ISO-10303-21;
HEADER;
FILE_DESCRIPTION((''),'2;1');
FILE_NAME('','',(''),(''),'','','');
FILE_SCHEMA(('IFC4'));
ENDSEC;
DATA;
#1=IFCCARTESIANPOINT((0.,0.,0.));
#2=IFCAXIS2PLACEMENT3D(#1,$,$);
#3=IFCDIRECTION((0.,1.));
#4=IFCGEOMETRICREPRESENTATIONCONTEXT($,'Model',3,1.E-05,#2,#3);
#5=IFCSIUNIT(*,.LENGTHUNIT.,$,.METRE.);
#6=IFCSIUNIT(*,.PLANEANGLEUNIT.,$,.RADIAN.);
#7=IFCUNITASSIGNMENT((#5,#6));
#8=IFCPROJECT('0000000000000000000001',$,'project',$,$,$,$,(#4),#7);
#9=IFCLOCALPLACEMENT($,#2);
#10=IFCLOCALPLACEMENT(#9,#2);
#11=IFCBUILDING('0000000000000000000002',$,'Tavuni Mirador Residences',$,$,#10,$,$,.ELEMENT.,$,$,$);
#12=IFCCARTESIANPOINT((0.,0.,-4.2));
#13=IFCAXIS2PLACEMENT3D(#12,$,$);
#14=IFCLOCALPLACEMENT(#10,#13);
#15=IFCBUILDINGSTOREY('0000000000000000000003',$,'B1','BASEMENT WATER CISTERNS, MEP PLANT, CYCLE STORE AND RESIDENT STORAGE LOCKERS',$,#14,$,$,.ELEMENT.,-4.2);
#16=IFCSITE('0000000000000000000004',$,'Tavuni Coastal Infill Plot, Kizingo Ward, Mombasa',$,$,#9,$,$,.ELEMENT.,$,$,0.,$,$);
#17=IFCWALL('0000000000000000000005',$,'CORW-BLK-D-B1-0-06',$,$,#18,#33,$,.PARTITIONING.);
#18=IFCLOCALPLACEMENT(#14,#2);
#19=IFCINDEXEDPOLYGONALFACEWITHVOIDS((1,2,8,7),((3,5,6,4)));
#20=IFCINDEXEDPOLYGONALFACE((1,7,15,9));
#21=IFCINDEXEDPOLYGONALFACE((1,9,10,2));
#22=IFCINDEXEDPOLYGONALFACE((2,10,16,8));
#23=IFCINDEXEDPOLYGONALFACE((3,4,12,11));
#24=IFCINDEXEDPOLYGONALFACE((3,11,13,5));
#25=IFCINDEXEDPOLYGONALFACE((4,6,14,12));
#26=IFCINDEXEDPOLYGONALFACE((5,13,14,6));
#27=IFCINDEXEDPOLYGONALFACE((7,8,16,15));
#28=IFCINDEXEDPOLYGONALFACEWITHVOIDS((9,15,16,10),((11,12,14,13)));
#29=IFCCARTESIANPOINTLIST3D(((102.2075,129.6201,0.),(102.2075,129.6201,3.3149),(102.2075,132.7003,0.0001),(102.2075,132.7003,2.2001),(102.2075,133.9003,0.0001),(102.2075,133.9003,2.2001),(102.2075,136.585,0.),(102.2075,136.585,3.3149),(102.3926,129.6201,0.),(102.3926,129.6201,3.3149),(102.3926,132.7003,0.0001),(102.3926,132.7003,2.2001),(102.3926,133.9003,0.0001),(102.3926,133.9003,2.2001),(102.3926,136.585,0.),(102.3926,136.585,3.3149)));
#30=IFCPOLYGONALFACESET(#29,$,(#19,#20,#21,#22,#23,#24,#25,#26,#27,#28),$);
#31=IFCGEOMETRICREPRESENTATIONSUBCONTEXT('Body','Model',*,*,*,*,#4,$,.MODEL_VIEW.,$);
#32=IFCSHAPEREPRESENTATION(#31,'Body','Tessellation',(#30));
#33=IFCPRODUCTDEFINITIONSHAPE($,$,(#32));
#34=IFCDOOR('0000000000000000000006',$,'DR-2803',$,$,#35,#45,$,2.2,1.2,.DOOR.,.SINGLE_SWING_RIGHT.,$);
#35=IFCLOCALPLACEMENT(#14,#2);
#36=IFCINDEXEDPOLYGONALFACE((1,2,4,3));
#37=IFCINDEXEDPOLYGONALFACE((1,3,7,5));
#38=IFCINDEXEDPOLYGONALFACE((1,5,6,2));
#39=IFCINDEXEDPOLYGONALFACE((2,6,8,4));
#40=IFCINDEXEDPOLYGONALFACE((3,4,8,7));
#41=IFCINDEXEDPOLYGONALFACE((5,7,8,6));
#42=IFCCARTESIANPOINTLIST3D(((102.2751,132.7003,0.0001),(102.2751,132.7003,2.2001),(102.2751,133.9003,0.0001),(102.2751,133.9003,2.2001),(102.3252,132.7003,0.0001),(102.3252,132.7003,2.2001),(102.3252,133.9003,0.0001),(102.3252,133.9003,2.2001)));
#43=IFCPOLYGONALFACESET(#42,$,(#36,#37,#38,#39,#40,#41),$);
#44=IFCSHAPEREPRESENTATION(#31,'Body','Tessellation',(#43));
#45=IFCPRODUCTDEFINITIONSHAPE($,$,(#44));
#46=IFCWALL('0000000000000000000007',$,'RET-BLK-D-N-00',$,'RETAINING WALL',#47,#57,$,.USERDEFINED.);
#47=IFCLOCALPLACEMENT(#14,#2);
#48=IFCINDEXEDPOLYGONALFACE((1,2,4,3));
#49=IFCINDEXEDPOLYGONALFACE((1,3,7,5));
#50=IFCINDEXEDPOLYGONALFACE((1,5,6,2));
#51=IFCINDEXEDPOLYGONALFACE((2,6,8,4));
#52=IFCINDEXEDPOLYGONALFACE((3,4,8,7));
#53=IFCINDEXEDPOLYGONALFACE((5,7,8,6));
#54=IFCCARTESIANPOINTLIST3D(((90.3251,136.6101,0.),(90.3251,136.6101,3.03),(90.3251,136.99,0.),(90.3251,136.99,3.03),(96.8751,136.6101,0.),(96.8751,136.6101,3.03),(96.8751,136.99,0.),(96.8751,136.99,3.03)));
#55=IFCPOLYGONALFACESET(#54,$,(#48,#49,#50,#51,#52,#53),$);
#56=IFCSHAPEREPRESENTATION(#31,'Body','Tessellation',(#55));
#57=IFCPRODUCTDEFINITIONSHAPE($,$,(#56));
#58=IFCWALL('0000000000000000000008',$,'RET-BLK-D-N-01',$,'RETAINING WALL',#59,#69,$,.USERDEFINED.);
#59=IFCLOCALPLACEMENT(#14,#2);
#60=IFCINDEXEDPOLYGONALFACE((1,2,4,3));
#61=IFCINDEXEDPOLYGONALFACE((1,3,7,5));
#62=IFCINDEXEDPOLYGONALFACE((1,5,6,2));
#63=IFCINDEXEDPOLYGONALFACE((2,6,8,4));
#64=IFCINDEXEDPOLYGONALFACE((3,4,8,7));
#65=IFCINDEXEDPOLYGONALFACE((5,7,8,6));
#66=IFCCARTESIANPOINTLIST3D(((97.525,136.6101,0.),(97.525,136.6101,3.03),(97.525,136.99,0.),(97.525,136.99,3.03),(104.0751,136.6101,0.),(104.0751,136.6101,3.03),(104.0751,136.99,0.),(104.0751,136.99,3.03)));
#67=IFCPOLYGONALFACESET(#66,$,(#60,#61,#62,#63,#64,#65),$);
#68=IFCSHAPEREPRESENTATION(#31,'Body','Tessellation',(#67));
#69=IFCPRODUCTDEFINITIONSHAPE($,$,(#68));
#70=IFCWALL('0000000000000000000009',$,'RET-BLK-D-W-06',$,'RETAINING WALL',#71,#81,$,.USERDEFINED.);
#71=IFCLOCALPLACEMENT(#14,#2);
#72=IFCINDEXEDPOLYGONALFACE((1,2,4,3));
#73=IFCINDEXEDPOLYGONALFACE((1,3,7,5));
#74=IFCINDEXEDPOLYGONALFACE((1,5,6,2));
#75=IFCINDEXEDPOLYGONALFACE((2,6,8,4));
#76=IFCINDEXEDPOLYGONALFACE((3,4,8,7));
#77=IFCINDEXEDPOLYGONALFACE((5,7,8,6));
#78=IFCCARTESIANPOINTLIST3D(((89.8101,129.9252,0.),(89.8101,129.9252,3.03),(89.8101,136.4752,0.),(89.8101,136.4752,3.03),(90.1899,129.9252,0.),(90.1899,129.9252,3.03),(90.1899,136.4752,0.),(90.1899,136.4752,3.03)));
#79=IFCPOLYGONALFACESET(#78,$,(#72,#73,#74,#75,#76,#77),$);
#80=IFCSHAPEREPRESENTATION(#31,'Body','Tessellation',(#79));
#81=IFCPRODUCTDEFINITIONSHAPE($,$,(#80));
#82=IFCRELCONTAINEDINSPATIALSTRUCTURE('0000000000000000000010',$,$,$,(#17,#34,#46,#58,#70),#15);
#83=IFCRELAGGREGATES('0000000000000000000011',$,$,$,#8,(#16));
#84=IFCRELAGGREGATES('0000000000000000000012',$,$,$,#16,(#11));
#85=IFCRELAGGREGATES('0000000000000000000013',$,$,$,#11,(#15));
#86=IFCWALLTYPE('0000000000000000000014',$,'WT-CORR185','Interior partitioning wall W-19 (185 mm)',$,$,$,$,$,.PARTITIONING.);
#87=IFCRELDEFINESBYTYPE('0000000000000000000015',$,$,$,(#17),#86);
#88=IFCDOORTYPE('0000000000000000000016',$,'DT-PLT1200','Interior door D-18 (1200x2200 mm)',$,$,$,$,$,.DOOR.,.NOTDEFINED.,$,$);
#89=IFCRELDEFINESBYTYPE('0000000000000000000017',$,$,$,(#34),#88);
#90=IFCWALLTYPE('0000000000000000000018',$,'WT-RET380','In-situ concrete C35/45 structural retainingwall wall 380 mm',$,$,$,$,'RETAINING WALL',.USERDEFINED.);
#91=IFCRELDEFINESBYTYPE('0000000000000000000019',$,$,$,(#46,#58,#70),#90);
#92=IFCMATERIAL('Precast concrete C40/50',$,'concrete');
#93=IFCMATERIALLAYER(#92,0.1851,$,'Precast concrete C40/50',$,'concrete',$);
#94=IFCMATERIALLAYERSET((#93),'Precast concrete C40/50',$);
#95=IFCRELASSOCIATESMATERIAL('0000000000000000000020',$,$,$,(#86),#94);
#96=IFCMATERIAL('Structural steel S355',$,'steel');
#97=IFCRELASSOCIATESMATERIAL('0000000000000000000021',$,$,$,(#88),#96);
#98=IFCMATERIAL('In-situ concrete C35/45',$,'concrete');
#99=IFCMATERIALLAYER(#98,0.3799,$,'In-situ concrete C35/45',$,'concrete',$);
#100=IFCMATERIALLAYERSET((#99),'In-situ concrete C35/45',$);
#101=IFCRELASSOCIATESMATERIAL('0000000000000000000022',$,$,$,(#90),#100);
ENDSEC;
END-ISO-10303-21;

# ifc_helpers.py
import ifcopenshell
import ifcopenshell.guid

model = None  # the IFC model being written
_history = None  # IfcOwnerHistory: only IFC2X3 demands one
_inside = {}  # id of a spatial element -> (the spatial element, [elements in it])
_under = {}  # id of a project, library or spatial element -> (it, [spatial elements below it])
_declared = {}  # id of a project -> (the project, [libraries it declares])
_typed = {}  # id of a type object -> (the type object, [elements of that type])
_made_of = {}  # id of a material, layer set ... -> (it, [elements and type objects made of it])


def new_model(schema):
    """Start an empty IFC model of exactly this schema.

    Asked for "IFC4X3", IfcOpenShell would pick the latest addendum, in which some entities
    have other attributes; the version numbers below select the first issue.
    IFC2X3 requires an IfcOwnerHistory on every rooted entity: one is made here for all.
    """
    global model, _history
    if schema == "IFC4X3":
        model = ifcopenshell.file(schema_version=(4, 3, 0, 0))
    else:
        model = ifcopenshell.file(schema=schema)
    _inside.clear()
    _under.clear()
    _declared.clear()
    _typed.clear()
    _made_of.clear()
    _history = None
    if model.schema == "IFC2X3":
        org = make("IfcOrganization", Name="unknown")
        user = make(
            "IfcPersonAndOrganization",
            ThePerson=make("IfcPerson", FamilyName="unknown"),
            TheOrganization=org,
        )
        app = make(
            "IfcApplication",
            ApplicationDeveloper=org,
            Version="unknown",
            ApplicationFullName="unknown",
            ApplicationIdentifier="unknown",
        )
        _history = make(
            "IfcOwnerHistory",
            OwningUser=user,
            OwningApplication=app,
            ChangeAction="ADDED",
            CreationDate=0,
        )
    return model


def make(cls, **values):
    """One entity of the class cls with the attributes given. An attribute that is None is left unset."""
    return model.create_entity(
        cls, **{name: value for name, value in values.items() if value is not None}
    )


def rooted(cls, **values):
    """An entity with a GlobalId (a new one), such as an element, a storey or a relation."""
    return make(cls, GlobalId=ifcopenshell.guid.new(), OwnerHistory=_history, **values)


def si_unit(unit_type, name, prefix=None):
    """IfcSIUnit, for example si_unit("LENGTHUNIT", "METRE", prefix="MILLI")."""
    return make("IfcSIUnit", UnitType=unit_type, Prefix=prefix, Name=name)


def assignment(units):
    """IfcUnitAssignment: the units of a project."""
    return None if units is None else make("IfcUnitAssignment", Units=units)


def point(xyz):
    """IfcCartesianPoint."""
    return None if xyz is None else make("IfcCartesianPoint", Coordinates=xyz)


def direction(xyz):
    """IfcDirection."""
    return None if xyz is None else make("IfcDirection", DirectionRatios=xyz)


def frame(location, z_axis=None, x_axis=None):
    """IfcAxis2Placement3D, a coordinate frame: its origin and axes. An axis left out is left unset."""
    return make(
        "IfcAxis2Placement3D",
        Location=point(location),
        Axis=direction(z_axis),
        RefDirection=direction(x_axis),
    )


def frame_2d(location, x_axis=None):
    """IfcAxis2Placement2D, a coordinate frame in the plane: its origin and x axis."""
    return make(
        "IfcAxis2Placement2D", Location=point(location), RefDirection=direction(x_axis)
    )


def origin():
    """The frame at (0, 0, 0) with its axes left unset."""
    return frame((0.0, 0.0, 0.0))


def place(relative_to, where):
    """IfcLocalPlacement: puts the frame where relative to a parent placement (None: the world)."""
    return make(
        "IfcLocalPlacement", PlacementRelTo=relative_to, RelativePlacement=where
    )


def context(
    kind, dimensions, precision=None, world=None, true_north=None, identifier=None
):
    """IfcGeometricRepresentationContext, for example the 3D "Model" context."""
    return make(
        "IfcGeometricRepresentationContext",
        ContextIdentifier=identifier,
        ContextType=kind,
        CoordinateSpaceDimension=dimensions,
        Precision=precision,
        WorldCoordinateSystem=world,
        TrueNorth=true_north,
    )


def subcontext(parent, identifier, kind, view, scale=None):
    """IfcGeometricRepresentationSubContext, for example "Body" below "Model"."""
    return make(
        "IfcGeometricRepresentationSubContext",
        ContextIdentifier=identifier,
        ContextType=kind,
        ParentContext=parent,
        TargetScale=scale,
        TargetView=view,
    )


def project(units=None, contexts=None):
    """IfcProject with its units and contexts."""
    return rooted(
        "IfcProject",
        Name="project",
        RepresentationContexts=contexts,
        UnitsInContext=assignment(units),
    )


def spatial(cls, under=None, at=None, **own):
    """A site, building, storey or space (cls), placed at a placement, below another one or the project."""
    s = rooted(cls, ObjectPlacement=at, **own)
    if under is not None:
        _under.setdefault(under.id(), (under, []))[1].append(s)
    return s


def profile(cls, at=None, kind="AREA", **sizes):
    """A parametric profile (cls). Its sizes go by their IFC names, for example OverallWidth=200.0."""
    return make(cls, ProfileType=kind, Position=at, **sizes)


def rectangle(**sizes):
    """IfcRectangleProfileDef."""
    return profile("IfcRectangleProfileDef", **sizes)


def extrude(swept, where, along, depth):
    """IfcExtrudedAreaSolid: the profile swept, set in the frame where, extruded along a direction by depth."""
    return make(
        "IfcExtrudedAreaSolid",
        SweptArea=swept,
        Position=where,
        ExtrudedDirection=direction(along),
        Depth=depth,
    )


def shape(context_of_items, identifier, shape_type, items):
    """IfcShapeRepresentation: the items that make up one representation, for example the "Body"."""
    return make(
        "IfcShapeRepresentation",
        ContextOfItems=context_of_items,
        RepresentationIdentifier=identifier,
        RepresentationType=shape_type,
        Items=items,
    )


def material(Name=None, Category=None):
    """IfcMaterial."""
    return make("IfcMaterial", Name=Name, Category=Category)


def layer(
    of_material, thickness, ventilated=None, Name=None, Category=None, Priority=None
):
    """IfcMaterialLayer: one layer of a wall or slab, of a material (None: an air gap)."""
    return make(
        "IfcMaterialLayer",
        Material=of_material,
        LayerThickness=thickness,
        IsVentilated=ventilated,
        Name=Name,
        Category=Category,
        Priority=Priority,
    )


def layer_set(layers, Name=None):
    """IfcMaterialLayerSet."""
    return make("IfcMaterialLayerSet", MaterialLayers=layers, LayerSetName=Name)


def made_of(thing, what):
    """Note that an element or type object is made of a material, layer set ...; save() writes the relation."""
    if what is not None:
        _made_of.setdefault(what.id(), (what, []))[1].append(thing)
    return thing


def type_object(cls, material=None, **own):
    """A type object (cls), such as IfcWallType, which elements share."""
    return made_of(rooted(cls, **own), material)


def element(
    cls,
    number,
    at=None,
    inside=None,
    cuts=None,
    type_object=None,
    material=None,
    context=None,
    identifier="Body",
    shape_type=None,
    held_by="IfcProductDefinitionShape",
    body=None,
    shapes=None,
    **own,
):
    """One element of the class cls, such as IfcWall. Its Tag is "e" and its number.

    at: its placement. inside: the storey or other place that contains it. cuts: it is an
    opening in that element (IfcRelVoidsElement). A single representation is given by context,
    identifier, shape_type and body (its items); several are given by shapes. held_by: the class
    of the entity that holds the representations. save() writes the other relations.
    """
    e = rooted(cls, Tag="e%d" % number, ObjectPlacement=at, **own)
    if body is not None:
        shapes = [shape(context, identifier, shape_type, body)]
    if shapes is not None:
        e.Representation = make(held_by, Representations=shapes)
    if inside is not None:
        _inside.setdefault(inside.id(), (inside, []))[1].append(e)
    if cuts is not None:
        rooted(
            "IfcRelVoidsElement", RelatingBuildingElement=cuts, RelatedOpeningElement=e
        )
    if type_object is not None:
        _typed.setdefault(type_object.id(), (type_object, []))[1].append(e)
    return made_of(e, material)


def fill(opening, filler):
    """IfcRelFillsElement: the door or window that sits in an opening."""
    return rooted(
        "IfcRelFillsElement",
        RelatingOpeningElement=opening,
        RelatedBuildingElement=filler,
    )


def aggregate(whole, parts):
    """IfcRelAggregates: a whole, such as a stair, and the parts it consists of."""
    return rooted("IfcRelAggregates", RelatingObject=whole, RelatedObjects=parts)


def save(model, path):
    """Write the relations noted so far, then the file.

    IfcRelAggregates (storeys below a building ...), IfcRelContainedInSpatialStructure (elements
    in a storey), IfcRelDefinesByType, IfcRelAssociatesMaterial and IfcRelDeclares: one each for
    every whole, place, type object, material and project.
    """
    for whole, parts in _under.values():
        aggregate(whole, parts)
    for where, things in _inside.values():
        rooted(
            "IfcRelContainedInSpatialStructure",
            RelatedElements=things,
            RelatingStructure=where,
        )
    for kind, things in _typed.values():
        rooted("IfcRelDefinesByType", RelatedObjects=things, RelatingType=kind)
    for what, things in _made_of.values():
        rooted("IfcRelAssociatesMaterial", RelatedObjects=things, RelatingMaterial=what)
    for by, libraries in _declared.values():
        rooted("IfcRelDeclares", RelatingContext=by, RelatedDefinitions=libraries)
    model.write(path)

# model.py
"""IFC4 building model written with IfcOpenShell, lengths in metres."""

from ifc_helpers import new_model, si_unit, direction, frame, frame_2d, origin, place, context, subcontext, project, spatial, rectangle, extrude, material, layer, layer_set, type_object, element, fill, save


model = new_model("IFC4")

# Units and contexts
model_context = context("Model", 3, precision=1e-05, world=origin(), true_north=direction((0.0, 1.0)))
body_context = subcontext(model_context, "Body", "Model", "MODEL_VIEW")
ifc_project = project(units=[si_unit("LENGTHUNIT", "METRE"), si_unit("PLANEANGLEUNIT", "RADIAN")], contexts=[model_context])

# Site, building, storey
site_placement = place(None, origin())
site = spatial("IfcSite", under=ifc_project, at=site_placement, Name="Tavuni Coastal Infill Plot, Kizingo Ward, Mombasa", CompositionType="ELEMENT", RefElevation=0.0)
building_placement = place(site_placement, origin())
building = spatial("IfcBuilding", under=site, at=building_placement, Name="Tavuni Mirador Residences", CompositionType="ELEMENT")
storey_placement = place(building_placement, frame((0.0, 0.0, -4.2)))
storey = spatial("IfcBuildingStorey", under=building, at=storey_placement, Name="B1", Description="BASEMENT WATER CISTERNS, MEP PLANT, CYCLE STORE AND RESIDENT STORAGE LOCKERS", CompositionType="ELEMENT", Elevation=-4.2)

# Shared definitions
ifc_material_1 = material(Name="In-situ concrete C35/45", Category="concrete")

# Shared definitions
ifc_material_2 = material(Name="Precast concrete C40/50", Category="concrete")

# Wall, opening, door
ifc_layer_1 = layer(ifc_material_2, 0.1851, Name="Precast concrete C40/50", Category="concrete")
ifc_layer_set_1 = layer_set([ifc_layer_1], Name="Precast concrete C40/50")
wall_type_1 = type_object("IfcWallType", Name="WT-CORR185", Description="Interior partitioning wall W-19 (185 mm)", PredefinedType="PARTITIONING", material=ifc_layer_set_1)
wall_placement = place(storey_placement, frame((102.3, 129.6201, 0.0), z_axis=(0.0, 0.0, 1.0), x_axis=(0.0, 1.0, 0.0)))
wall = element("IfcWall", 1, at=wall_placement, inside=storey, type_object=wall_type_1, Name="CORW-BLK-D-B1-0-06", PredefinedType="PARTITIONING", context=body_context, shape_type="SweptSolid", body=[
    extrude(rectangle(XDim=6.9648, YDim=0.1851, at=frame_2d((3.4824, 0.0))), origin(), (0.0, 0.0, 1.0), 3.3149),
])
opening_placement = place(wall_placement, frame((3.0801, 0.0, 0.0)))
opening = element("IfcOpeningElement", 2, at=opening_placement, cuts=wall, PredefinedType="OPENING", context=body_context, shape_type="SweptSolid", body=[
    extrude(rectangle(XDim=1.2, YDim=2.2, at=frame_2d((0.6001, 1.1001))), frame((0.0, 0.1025, 0.0), z_axis=(0.0, -1.0, 0.0), x_axis=(1.0, 0.0, 0.0)), (0.0, 0.0, 1.0), 0.2051),
])
ifc_material_3 = material(Name="Structural steel S355", Category="steel")
door_type = type_object("IfcDoorType", Name="DT-PLT1200", Description="Interior door D-18 (1200x2200 mm)", OperationType="NOTDEFINED", PredefinedType="DOOR", material=ifc_material_3)
door_placement = place(opening_placement, origin())
door = element("IfcDoor", 3, at=door_placement, inside=storey, type_object=door_type, Name="DR-2803", OperationType="SINGLE_SWING_RIGHT", OverallHeight=2.2, OverallWidth=1.2, PredefinedType="DOOR", context=body_context, shape_type="SweptSolid", body=[
    extrude(rectangle(XDim=1.2, YDim=2.2, at=frame_2d((0.6001, 1.1001))), frame((0.0, 0.0249, 0.0), z_axis=(0.0, -1.0, 0.0), x_axis=(1.0, 0.0, 0.0)), (0.0, 0.0, 1.0), 0.05),
])
fill(opening, door)

# Walls
ifc_layer_2 = layer(ifc_material_1, 0.3799, Name="In-situ concrete C35/45", Category="concrete")
ifc_layer_set_2 = layer_set([ifc_layer_2], Name="In-situ concrete C35/45")
wall_type_2 = type_object("IfcWallType", Name="WT-RET380", Description="In-situ concrete C35/45 structural retainingwall wall 380 mm", ElementType="RETAINING WALL", PredefinedType="USERDEFINED", material=ifc_layer_set_2)
for number, where, z_axis, x_axis, name in (
    (4, (96.875, 136.8, 0.0), (0.0, 0.0, 1.0), (-1.0, 0.0, 0.0), "RET-BLK-D-N-00"),
    (5, (104.075, 136.8, 0.0), (0.0, 0.0, 1.0), (-1.0, 0.0, 0.0), "RET-BLK-D-N-01"),
    (6, (90.0, 136.4751, 0.0), (0.0, 0.0, 1.0), (0.0, -1.0, 0.0), "RET-BLK-D-W-06"),
):
    element("IfcWall", number, at=place(storey_placement, frame(where, z_axis=z_axis, x_axis=x_axis)), inside=storey, type_object=wall_type_2, Name=name, ObjectType="RETAINING WALL", PredefinedType="USERDEFINED", context=body_context, shape_type="SweptSolid", body=[
        extrude(rectangle(XDim=6.55, YDim=0.3799, at=frame_2d((3.2749, 0.0))), origin(), (0.0, 0.0, 1.0), 3.03),
    ])

save(model, "model.ifc")
